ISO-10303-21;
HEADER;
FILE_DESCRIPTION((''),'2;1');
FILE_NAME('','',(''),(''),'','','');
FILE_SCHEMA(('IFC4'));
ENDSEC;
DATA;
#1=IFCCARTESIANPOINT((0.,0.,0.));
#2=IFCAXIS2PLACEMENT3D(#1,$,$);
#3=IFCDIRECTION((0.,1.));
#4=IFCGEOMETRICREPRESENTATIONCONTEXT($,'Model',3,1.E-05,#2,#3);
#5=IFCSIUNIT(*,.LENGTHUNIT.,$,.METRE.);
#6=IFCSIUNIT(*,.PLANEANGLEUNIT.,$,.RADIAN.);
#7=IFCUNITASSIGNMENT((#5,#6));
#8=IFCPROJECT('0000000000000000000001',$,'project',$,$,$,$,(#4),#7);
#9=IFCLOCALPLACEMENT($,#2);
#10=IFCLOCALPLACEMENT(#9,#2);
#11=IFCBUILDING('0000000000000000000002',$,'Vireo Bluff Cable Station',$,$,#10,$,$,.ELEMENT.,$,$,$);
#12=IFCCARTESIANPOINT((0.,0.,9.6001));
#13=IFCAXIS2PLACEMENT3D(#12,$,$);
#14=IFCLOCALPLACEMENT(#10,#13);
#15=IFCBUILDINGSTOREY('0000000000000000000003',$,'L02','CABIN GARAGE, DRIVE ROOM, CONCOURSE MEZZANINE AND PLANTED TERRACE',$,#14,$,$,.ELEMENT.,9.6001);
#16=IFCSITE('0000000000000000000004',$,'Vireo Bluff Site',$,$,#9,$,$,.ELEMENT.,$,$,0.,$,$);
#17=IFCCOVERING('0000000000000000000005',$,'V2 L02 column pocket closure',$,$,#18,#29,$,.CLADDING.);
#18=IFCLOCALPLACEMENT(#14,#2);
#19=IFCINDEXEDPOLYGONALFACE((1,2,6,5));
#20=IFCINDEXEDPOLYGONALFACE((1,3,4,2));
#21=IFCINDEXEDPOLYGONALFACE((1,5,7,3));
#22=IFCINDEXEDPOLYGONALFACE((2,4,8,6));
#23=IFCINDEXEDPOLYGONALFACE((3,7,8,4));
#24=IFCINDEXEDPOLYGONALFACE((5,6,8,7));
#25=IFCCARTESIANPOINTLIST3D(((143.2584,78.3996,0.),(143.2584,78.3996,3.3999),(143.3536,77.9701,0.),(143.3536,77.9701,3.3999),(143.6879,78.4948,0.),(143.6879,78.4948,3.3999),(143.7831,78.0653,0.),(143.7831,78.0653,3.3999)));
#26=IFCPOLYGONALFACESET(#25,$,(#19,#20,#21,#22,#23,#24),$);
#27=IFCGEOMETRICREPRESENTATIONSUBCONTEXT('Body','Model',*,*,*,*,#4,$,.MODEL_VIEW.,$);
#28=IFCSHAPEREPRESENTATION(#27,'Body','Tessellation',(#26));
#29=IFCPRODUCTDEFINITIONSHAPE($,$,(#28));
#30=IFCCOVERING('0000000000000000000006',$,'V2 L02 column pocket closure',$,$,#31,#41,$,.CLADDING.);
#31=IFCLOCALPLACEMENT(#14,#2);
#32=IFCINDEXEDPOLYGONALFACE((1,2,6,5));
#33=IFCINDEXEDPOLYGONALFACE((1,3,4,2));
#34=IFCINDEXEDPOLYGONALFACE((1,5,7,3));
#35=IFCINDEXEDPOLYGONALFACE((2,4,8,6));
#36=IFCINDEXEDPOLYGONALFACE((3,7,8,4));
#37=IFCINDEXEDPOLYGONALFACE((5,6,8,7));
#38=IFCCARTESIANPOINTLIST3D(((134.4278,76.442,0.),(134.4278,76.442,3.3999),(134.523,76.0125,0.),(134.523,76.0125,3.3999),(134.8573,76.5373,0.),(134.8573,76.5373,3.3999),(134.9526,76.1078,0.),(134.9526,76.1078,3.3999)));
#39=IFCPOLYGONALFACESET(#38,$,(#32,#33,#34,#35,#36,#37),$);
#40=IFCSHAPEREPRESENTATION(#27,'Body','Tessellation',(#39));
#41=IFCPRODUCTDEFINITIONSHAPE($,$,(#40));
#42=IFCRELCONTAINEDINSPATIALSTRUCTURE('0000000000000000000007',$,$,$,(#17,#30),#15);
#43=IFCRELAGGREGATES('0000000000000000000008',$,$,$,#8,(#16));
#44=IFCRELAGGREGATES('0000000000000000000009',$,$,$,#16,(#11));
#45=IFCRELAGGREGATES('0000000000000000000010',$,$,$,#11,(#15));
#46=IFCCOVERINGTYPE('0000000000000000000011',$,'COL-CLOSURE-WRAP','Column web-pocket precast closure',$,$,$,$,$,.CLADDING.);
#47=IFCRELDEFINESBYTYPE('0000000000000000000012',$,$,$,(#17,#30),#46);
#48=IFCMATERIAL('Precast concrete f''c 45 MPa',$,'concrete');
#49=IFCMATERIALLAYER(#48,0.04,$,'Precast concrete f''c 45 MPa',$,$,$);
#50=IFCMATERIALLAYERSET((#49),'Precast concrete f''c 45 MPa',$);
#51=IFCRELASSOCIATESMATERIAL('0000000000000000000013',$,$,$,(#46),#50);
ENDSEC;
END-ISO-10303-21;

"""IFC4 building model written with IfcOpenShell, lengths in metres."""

from ifc_helpers import new_model, si_unit, direction, frame, origin, origin_2d, place, context, subcontext, project, spatial, rectangle, extrude, material, layer, layer_set, type_object, element, save


model = new_model("IFC4")

# Units and contexts
model_context = context("Model", 3, precision=1e-05, world=origin(), true_north=direction((0.0, 1.0)))
body_context = subcontext(model_context, "Body", "Model", "MODEL_VIEW")
ifc_project = project(units=[si_unit("LENGTHUNIT", "METRE"), si_unit("PLANEANGLEUNIT", "RADIAN")], contexts=[model_context])

# Site, building, storey
site_placement = place(None, origin())
site = spatial("IfcSite", under=ifc_project, at=site_placement, Name="Vireo Bluff Site", CompositionType="ELEMENT", RefElevation=0.0)
building_placement = place(site_placement, origin())
building = spatial("IfcBuilding", under=site, at=building_placement, Name="Vireo Bluff Cable Station", CompositionType="ELEMENT")
storey_placement = place(building_placement, frame((0.0, 0.0, 9.6001)))
storey = spatial("IfcBuildingStorey", under=building, at=storey_placement, Name="L02", Description="CABIN GARAGE, DRIVE ROOM, CONCOURSE MEZZANINE AND PLANTED TERRACE", CompositionType="ELEMENT", Elevation=9.6001)

# Shared definitions
ifc_material_1 = material(Name="Precast concrete f'c 45 MPa", Category="concrete")

# Coverings
ifc_layer_1 = layer(ifc_material_1, 0.04, Name="Precast concrete f'c 45 MPa")
ifc_layer_set_1 = layer_set([ifc_layer_1], Name="Precast concrete f'c 45 MPa")
covering_type = type_object("IfcCoveringType", Name="COL-CLOSURE-WRAP", Description="Column web-pocket precast closure", PredefinedType="CLADDING", material=ifc_layer_set_1)
for number, where, z_axis, x_axis, name in (
    (1, (143.5208, 78.2324, 0.0), (0.0, 0.0, 1.0), (0.976296, 0.21644, 0.0), "V2 L02 column pocket closure"),
    (2, (134.6902, 76.2749, 0.0), (0.0, 0.0, 1.0), (0.976296, 0.21644, 0.0), "V2 L02 column pocket closure"),
):
    element("IfcCovering", number, at=place(storey_placement, frame(where, z_axis=z_axis, x_axis=x_axis)), inside=storey, type_object=covering_type, Name=name, PredefinedType="CLADDING", context=body_context, shape_type="SweptSolid", body=[
        extrude(rectangle(XDim=0.4399, YDim=0.4399, at=origin_2d()), origin(), (0.0, 0.0, 1.0), 3.3999),
    ])

save(model, "model.ifc")
